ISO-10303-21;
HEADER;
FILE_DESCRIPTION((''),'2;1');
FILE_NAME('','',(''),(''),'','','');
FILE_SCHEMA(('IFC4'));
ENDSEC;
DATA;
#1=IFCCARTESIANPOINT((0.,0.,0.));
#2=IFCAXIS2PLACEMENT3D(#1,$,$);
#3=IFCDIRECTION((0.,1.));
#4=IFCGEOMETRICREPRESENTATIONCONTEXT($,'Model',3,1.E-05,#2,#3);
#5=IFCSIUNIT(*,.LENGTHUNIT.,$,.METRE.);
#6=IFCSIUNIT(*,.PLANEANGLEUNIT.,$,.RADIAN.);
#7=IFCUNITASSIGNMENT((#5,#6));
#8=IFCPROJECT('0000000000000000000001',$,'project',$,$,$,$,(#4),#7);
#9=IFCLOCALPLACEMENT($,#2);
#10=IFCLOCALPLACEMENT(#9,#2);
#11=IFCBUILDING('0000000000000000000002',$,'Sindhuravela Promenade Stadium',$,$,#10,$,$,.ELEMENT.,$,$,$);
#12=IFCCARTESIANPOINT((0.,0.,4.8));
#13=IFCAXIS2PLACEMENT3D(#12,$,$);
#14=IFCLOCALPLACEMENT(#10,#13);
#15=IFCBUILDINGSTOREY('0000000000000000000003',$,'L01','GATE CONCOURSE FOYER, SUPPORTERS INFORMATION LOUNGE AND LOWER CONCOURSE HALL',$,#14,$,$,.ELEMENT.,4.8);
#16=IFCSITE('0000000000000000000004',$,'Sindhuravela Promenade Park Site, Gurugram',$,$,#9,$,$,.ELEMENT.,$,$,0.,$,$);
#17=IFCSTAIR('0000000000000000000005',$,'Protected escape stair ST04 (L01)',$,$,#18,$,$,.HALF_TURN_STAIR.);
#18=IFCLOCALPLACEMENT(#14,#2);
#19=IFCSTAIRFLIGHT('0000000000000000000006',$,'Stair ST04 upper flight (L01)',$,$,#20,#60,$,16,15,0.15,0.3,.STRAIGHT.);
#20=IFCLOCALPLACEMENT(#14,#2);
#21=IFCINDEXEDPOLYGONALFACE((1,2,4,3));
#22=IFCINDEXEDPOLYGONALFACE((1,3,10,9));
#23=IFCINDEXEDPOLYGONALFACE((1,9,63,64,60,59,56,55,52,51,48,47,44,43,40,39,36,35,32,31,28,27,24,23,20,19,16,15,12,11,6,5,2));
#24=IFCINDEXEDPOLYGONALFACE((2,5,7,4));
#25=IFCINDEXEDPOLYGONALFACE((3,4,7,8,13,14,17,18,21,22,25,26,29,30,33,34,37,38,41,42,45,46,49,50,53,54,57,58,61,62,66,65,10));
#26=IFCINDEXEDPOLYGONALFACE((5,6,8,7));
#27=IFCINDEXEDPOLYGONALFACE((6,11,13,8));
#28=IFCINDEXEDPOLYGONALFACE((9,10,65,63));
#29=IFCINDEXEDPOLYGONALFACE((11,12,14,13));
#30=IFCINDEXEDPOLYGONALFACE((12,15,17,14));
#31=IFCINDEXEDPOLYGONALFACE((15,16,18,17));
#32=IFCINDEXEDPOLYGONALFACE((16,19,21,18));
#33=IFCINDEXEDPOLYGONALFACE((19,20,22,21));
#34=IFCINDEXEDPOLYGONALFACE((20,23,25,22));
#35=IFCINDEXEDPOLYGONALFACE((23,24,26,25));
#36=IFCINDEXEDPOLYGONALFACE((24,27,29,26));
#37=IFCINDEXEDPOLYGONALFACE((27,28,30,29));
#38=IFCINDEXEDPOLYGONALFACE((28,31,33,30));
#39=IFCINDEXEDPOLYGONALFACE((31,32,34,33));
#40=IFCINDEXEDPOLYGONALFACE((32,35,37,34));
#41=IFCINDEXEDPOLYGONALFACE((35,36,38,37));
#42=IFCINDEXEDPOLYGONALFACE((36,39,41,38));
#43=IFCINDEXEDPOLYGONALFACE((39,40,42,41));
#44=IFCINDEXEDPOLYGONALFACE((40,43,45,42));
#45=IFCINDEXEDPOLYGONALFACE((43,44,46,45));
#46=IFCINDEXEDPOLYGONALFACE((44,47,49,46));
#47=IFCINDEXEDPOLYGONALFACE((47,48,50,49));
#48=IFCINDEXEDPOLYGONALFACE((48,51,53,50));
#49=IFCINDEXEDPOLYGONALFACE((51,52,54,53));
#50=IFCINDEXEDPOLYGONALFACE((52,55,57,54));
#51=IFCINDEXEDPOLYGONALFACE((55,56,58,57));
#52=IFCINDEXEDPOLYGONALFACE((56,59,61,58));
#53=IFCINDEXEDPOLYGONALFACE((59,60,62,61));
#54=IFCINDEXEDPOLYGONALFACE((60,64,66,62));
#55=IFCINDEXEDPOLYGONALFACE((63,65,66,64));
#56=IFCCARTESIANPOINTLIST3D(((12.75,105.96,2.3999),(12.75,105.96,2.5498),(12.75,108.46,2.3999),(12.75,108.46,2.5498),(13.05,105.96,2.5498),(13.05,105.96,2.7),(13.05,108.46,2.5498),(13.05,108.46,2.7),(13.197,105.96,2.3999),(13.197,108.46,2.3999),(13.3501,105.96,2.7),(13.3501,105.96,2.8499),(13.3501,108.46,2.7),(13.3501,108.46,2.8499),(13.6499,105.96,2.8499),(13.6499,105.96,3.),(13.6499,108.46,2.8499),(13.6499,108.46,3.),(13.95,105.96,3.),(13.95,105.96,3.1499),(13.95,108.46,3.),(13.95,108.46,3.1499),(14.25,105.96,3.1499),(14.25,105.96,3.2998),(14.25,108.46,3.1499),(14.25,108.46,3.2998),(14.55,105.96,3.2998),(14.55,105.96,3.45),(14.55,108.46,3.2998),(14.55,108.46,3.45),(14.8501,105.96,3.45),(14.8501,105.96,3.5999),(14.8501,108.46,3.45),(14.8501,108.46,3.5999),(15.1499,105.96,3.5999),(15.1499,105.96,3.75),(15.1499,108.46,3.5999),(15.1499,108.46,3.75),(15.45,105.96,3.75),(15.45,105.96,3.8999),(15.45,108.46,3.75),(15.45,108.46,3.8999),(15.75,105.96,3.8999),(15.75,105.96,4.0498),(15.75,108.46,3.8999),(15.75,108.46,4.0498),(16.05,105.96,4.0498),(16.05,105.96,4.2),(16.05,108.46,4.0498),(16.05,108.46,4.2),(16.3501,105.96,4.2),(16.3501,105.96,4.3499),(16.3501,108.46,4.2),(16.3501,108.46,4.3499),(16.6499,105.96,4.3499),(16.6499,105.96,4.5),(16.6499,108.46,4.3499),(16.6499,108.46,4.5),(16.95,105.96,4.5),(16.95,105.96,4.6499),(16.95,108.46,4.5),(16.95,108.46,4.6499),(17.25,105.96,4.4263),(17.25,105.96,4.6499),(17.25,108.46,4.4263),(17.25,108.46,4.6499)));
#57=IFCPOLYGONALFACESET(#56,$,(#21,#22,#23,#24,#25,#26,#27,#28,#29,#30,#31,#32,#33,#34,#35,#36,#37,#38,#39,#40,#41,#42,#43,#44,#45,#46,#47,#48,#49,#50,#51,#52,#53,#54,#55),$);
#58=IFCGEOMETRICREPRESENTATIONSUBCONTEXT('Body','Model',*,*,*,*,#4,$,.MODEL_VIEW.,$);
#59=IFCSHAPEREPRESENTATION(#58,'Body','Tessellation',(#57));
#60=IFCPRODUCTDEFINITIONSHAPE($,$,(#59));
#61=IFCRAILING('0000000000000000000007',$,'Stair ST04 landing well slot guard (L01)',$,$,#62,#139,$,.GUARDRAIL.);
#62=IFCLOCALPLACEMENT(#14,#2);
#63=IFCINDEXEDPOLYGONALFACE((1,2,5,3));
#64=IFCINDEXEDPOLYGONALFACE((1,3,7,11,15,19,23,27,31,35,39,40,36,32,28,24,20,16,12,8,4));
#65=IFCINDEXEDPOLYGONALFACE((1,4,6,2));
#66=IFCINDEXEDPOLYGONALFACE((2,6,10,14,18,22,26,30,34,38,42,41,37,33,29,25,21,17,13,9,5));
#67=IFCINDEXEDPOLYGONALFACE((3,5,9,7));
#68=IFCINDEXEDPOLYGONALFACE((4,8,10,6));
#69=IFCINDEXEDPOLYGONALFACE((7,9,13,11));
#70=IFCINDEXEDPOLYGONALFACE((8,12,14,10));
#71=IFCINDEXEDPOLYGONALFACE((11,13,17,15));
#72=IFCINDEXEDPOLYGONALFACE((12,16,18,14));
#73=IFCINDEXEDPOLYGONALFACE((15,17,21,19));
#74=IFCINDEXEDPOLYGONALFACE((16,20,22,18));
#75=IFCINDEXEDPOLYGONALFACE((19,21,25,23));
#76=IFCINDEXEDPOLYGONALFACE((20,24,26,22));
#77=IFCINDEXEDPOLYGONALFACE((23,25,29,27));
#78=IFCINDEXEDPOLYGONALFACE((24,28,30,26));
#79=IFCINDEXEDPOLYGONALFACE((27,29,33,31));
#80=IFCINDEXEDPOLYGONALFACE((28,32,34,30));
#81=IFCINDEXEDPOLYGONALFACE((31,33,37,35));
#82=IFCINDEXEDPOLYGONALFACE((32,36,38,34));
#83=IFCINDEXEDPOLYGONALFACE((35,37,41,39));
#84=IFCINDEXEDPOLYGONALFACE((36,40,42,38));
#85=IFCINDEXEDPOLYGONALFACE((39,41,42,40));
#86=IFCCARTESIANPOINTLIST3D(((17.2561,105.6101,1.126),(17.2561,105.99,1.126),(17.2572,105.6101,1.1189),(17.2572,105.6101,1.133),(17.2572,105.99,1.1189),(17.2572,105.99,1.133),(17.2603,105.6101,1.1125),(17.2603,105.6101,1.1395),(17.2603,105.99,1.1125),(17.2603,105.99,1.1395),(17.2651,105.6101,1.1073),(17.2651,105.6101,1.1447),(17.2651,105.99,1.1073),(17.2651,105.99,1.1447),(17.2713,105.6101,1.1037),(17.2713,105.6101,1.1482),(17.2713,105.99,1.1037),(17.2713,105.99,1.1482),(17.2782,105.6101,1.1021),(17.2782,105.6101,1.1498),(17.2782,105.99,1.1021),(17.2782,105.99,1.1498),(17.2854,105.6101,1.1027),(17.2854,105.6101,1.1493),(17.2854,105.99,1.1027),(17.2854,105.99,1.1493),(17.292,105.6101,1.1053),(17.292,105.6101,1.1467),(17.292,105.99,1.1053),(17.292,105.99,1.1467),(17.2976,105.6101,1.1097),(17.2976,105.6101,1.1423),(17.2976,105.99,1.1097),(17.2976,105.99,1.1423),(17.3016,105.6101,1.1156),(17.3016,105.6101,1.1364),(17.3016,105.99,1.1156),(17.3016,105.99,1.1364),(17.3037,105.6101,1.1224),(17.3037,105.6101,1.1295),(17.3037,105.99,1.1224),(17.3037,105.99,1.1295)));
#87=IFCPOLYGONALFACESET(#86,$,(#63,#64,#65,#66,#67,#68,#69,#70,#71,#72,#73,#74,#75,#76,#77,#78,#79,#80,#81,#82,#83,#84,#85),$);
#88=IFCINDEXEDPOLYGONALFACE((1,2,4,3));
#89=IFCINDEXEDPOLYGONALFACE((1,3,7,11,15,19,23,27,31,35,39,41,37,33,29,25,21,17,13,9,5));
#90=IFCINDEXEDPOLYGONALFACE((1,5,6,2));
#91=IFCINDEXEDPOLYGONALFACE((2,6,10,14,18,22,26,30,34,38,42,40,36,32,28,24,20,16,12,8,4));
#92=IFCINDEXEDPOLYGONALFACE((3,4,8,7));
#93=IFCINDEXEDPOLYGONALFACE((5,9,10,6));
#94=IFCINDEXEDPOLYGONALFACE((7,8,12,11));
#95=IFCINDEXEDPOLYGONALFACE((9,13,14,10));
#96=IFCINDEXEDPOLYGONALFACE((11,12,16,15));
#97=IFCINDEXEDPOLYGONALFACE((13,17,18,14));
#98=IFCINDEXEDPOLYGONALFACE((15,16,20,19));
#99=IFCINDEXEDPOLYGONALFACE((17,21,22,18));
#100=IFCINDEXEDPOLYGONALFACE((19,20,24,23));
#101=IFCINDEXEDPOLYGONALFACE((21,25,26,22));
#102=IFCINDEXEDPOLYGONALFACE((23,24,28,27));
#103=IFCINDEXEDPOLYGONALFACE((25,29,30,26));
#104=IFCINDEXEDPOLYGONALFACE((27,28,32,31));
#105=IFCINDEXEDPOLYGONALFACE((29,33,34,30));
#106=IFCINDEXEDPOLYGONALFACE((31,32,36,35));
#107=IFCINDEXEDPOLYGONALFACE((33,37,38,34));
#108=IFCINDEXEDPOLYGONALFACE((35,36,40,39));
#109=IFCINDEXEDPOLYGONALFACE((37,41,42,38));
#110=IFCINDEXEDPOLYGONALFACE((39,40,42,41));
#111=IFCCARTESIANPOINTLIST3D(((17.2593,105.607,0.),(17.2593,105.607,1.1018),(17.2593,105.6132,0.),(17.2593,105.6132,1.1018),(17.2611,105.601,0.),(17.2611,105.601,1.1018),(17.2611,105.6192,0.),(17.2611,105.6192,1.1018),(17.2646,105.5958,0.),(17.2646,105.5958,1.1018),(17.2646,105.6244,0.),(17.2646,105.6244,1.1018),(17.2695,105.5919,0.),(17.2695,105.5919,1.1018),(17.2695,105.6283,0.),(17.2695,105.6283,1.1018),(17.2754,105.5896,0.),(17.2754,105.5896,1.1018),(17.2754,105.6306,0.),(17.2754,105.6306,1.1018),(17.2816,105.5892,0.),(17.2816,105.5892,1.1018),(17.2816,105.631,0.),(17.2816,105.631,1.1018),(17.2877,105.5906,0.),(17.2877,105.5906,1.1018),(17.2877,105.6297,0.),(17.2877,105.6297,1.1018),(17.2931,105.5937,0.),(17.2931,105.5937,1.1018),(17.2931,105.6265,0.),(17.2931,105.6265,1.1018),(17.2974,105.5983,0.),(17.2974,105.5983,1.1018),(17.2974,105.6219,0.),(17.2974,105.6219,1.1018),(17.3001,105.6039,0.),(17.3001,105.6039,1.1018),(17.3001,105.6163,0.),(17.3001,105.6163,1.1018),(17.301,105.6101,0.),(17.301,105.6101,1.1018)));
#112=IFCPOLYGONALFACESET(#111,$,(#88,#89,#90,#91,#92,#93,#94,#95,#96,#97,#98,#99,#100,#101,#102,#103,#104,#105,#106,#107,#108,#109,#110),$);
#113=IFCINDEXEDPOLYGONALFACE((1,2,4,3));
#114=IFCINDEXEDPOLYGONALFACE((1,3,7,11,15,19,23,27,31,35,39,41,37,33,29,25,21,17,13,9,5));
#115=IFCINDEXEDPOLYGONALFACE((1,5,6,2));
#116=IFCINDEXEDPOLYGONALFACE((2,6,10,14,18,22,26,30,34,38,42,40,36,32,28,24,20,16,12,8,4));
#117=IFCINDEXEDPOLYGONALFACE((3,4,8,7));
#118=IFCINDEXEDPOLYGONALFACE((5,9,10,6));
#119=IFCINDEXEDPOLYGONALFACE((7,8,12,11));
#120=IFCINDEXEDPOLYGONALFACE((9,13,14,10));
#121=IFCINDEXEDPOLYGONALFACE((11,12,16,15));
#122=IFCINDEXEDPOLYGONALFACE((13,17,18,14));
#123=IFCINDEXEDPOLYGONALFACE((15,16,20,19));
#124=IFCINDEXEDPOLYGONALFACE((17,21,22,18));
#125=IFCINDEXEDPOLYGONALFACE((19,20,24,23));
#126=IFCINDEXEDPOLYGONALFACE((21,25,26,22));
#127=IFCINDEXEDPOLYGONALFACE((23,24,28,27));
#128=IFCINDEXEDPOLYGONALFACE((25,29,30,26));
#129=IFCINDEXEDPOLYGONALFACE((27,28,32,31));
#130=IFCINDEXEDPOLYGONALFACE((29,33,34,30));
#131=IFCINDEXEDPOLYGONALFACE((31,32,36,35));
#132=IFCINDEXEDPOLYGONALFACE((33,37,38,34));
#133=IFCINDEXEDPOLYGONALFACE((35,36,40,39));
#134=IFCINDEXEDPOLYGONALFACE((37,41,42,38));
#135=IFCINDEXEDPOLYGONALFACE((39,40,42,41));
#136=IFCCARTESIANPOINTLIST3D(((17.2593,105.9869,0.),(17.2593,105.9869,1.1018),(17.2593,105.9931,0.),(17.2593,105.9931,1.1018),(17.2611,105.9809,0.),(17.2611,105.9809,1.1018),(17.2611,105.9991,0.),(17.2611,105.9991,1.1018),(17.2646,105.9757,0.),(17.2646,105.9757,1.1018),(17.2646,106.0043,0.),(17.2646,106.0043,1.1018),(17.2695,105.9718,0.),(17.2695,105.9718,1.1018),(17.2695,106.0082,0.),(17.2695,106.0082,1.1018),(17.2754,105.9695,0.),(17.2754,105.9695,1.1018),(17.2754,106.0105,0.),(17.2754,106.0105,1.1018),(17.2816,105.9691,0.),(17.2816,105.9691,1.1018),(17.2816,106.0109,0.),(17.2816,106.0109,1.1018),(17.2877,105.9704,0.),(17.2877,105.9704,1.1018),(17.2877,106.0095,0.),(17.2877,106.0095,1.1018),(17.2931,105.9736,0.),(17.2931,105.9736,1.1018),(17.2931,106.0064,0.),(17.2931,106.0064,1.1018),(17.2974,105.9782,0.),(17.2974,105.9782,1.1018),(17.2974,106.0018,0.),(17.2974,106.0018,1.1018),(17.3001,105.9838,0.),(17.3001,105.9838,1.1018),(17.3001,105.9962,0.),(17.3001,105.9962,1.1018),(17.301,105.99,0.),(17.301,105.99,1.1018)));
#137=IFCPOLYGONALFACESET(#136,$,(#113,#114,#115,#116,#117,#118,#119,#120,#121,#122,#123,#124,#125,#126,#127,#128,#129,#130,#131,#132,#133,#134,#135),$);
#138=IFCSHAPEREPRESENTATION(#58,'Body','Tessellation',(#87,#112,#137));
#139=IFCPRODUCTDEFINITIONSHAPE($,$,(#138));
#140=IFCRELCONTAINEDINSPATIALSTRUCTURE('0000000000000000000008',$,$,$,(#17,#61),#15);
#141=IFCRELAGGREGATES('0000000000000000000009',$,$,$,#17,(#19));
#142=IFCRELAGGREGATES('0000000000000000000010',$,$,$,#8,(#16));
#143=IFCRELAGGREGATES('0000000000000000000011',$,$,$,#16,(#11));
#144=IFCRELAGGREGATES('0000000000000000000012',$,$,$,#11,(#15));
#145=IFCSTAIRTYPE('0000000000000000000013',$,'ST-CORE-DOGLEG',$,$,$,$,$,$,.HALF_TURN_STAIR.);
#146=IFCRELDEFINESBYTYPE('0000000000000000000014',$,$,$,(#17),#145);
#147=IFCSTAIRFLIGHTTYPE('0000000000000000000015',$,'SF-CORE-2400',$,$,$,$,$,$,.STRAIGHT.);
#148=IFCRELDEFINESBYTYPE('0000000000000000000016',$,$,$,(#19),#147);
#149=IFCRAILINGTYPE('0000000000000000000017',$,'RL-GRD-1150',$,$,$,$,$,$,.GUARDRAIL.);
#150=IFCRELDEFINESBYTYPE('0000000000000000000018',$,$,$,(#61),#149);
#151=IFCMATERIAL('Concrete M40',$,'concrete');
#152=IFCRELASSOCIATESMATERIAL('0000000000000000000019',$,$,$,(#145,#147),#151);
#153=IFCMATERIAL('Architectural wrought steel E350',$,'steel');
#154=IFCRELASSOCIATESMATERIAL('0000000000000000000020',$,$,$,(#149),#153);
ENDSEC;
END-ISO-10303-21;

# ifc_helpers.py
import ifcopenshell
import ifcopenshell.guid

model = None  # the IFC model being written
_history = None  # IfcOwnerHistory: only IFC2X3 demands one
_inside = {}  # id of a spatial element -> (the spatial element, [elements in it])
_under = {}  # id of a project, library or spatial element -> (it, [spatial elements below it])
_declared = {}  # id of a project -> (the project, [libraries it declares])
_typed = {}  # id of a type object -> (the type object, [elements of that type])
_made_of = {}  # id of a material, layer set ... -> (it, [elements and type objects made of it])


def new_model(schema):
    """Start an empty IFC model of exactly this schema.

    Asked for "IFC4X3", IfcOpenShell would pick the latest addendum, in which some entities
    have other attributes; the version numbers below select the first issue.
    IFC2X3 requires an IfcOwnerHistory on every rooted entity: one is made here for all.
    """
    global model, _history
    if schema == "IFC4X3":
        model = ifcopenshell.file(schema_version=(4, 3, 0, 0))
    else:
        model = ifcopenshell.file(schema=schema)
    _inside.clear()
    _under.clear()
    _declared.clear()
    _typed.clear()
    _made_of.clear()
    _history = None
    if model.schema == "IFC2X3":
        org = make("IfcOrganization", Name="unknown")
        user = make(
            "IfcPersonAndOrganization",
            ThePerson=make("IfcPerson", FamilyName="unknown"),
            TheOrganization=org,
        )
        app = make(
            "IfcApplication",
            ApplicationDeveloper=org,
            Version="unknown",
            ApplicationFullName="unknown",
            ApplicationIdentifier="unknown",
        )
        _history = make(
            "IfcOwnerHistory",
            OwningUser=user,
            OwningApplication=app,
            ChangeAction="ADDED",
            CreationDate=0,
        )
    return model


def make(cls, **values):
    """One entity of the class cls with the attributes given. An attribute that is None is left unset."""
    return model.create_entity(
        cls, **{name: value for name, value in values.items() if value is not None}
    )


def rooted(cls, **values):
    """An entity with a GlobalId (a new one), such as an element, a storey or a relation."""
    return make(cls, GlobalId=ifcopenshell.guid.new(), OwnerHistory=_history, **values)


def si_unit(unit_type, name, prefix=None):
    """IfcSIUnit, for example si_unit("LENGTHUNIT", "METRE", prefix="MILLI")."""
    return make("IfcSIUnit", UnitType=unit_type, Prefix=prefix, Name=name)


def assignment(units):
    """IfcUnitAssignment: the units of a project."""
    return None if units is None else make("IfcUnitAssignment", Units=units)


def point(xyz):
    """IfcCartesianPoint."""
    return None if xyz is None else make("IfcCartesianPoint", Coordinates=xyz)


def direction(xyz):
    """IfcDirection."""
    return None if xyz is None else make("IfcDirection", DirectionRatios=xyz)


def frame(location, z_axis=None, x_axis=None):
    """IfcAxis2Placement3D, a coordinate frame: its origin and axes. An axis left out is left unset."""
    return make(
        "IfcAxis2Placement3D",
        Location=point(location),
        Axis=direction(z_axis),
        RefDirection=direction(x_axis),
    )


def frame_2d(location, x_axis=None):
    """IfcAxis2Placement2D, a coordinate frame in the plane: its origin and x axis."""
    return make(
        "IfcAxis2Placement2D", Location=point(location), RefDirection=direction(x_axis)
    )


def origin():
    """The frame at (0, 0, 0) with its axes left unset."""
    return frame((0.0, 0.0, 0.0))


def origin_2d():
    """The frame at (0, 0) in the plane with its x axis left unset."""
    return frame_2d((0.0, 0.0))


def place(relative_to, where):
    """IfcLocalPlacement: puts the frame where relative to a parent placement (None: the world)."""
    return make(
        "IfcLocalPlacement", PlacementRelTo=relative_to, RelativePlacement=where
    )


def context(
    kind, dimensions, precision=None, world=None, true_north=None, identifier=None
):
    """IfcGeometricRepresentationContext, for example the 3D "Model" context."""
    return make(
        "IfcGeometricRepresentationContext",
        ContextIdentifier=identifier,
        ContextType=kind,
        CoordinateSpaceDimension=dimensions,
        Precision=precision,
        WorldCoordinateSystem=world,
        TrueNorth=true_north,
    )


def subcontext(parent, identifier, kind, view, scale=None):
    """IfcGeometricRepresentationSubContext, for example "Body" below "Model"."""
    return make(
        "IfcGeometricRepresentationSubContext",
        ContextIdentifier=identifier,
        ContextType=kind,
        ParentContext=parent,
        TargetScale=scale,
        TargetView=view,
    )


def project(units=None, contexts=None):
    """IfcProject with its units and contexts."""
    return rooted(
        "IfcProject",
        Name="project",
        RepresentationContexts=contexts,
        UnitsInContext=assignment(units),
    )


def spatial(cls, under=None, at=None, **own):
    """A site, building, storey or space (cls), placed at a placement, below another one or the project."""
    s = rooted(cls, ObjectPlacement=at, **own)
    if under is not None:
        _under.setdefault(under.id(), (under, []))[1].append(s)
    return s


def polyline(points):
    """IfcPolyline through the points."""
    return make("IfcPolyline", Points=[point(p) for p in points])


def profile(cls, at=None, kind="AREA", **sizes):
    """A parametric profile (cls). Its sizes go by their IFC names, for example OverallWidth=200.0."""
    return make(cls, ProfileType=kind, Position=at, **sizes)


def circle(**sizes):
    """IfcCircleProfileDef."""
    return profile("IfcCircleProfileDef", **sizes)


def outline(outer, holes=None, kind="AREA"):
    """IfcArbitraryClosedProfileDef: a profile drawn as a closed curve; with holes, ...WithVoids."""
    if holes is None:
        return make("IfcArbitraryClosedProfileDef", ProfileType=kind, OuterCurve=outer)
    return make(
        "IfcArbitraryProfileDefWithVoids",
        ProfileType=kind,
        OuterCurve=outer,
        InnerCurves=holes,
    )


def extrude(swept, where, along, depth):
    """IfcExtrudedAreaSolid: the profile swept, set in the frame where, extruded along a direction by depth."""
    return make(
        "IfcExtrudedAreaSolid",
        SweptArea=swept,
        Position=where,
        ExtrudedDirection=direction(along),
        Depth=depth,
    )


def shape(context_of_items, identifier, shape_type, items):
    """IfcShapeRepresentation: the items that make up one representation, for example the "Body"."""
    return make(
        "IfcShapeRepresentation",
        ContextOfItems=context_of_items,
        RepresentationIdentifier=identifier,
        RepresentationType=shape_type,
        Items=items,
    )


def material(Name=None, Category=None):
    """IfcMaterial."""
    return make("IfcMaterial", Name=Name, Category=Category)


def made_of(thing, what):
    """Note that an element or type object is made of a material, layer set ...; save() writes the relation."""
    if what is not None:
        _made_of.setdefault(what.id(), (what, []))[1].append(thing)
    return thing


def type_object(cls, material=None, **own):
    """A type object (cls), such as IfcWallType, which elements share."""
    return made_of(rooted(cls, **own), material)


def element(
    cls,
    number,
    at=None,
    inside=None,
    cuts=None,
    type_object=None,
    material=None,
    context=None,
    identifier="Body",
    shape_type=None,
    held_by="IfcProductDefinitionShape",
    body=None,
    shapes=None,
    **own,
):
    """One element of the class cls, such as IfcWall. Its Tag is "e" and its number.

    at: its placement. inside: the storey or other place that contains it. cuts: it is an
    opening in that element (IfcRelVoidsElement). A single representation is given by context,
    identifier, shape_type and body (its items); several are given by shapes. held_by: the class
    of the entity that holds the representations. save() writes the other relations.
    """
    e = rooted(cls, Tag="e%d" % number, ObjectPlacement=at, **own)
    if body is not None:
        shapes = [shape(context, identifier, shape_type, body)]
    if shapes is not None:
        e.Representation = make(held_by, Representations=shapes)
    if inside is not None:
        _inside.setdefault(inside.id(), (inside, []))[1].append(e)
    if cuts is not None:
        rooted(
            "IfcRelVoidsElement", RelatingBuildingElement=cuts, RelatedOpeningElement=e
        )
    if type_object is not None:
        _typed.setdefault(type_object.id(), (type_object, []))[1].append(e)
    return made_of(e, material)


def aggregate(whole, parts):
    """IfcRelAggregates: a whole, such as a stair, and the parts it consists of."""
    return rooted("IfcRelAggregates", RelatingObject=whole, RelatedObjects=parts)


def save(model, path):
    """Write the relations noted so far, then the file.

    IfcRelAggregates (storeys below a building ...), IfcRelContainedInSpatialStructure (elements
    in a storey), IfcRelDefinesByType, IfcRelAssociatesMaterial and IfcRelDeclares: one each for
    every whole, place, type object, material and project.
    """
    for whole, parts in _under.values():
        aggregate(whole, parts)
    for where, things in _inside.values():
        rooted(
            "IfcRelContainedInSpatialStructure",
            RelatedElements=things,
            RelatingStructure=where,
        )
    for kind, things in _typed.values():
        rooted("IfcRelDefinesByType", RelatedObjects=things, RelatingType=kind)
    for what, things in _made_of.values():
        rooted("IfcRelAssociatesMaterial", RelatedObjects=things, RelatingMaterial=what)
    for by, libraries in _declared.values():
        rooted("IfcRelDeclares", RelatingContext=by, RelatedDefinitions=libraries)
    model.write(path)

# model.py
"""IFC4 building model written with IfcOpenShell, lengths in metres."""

from ifc_helpers import new_model, si_unit, direction, frame, origin, origin_2d, place, context, subcontext, project, spatial, polyline, circle, outline, extrude, material, type_object, element, aggregate, save


model = new_model("IFC4")

# Units and contexts
model_context = context("Model", 3, precision=1e-05, world=origin(), true_north=direction((0.0, 1.0)))
body_context = subcontext(model_context, "Body", "Model", "MODEL_VIEW")
ifc_project = project(units=[si_unit("LENGTHUNIT", "METRE"), si_unit("PLANEANGLEUNIT", "RADIAN")], contexts=[model_context])

# Site, building, storey
site_placement = place(None, origin())
site = spatial("IfcSite", under=ifc_project, at=site_placement, Name="Sindhuravela Promenade Park Site, Gurugram", CompositionType="ELEMENT", RefElevation=0.0)
building_placement = place(site_placement, origin())
building = spatial("IfcBuilding", under=site, at=building_placement, Name="Sindhuravela Promenade Stadium", CompositionType="ELEMENT")
storey_placement = place(building_placement, frame((0.0, 0.0, 4.8)))
storey = spatial("IfcBuildingStorey", under=building, at=storey_placement, Name="L01", Description="GATE CONCOURSE FOYER, SUPPORTERS INFORMATION LOUNGE AND LOWER CONCOURSE HALL", CompositionType="ELEMENT", Elevation=4.8)

# Shared definitions
ifc_material_1 = material(Name="Concrete M40", Category="concrete")

# Shared definitions
ifc_material_2 = material(Name="Architectural wrought steel E350", Category="steel")

# Stair, stair flight
stair_type = type_object("IfcStairType", Name="ST-CORE-DOGLEG", PredefinedType="HALF_TURN_STAIR", material=ifc_material_1)
stair_placement = place(storey_placement, origin())
stair = element("IfcStair", 1, at=stair_placement, inside=storey, type_object=stair_type, Name="Protected escape stair ST04 (L01)", PredefinedType="HALF_TURN_STAIR")
stair_flight_type = type_object("IfcStairFlightType", Name="SF-CORE-2400", PredefinedType="STRAIGHT", material=ifc_material_1)
stair_flight_1_placement = place(storey_placement, frame((12.75, 107.21, 2.3999), z_axis=(0.0, 0.0, 1.0), x_axis=(1.0, 0.0, 0.0)))
stair_flight_1 = element("IfcStairFlight", 2, at=stair_flight_1_placement, type_object=stair_flight_type, Name="Stair ST04 upper flight (L01)", NumberOfRisers=16, NumberOfTreads=15, PredefinedType="STRAIGHT", RiserHeight=0.15, TreadLength=0.3, context=body_context, shape_type="SweptSolid", body=[
    extrude(outline(polyline([(0.0, 0.0), (0.0, 0.1499), (0.3, 0.1499), (0.3, 0.3), (0.6001, 0.3), (0.6001, 0.45), (0.8999, 0.45), (0.8999, 0.6001), (1.2, 0.6001), (1.2, 0.75), (1.5, 0.75), (1.5, 0.8999), (1.8, 0.8999), (1.8, 1.05), (2.1001, 1.05), (2.1001, 1.2), (2.3999, 1.2), (2.3999, 1.3501), (2.7, 1.3501), (2.7, 1.5), (3.0, 1.5), (3.0, 1.6499), (3.3, 1.6499), (3.3, 1.8), (3.6001, 1.8), (3.6001, 1.95), (3.8999, 1.95), (3.8999, 2.1001), (4.2, 2.1001), (4.2, 2.25), (4.5, 2.25), (4.5, 2.3999), (4.5, 2.0264), (0.447, 0.0), (0.0, 0.0)])), frame((0.0, 1.25, 0.0), z_axis=(0.0, -1.0, 0.0), x_axis=(1.0, 0.0, 0.0)), (0.0, 0.0, 1.0), 2.5),
])
aggregate(stair, [stair_flight_1])

# Railing
railing_type_1 = type_object("IfcRailingType", Name="RL-GRD-1150", PredefinedType="GUARDRAIL", material=ifc_material_2)
railing_1_placement = place(storey_placement, frame((17.28, 105.6101, 0.0)))
element("IfcRailing", 3, at=railing_1_placement, inside=storey, type_object=railing_type_1, Name="Stair ST04 landing well slot guard (L01)", PredefinedType="GUARDRAIL", context=body_context, shape_type="SweptSolid", body=[
    extrude(circle(Radius=0.0239, at=origin_2d()), frame((0.0, 0.0, 1.126), z_axis=(0.0, 1.0, 0.0), x_axis=(-1.0, 0.0, 0.0)), (0.0, 0.0, 1.0), 0.3799),
    extrude(circle(Radius=0.021, at=origin_2d()), origin(), (0.0, 0.0, 1.0), 1.1018),
    extrude(circle(Radius=0.021, at=origin_2d()), frame((0.0, 0.3799, 0.0)), (0.0, 0.0, 1.0), 1.1018),
])

save(model, "model.ifc")
